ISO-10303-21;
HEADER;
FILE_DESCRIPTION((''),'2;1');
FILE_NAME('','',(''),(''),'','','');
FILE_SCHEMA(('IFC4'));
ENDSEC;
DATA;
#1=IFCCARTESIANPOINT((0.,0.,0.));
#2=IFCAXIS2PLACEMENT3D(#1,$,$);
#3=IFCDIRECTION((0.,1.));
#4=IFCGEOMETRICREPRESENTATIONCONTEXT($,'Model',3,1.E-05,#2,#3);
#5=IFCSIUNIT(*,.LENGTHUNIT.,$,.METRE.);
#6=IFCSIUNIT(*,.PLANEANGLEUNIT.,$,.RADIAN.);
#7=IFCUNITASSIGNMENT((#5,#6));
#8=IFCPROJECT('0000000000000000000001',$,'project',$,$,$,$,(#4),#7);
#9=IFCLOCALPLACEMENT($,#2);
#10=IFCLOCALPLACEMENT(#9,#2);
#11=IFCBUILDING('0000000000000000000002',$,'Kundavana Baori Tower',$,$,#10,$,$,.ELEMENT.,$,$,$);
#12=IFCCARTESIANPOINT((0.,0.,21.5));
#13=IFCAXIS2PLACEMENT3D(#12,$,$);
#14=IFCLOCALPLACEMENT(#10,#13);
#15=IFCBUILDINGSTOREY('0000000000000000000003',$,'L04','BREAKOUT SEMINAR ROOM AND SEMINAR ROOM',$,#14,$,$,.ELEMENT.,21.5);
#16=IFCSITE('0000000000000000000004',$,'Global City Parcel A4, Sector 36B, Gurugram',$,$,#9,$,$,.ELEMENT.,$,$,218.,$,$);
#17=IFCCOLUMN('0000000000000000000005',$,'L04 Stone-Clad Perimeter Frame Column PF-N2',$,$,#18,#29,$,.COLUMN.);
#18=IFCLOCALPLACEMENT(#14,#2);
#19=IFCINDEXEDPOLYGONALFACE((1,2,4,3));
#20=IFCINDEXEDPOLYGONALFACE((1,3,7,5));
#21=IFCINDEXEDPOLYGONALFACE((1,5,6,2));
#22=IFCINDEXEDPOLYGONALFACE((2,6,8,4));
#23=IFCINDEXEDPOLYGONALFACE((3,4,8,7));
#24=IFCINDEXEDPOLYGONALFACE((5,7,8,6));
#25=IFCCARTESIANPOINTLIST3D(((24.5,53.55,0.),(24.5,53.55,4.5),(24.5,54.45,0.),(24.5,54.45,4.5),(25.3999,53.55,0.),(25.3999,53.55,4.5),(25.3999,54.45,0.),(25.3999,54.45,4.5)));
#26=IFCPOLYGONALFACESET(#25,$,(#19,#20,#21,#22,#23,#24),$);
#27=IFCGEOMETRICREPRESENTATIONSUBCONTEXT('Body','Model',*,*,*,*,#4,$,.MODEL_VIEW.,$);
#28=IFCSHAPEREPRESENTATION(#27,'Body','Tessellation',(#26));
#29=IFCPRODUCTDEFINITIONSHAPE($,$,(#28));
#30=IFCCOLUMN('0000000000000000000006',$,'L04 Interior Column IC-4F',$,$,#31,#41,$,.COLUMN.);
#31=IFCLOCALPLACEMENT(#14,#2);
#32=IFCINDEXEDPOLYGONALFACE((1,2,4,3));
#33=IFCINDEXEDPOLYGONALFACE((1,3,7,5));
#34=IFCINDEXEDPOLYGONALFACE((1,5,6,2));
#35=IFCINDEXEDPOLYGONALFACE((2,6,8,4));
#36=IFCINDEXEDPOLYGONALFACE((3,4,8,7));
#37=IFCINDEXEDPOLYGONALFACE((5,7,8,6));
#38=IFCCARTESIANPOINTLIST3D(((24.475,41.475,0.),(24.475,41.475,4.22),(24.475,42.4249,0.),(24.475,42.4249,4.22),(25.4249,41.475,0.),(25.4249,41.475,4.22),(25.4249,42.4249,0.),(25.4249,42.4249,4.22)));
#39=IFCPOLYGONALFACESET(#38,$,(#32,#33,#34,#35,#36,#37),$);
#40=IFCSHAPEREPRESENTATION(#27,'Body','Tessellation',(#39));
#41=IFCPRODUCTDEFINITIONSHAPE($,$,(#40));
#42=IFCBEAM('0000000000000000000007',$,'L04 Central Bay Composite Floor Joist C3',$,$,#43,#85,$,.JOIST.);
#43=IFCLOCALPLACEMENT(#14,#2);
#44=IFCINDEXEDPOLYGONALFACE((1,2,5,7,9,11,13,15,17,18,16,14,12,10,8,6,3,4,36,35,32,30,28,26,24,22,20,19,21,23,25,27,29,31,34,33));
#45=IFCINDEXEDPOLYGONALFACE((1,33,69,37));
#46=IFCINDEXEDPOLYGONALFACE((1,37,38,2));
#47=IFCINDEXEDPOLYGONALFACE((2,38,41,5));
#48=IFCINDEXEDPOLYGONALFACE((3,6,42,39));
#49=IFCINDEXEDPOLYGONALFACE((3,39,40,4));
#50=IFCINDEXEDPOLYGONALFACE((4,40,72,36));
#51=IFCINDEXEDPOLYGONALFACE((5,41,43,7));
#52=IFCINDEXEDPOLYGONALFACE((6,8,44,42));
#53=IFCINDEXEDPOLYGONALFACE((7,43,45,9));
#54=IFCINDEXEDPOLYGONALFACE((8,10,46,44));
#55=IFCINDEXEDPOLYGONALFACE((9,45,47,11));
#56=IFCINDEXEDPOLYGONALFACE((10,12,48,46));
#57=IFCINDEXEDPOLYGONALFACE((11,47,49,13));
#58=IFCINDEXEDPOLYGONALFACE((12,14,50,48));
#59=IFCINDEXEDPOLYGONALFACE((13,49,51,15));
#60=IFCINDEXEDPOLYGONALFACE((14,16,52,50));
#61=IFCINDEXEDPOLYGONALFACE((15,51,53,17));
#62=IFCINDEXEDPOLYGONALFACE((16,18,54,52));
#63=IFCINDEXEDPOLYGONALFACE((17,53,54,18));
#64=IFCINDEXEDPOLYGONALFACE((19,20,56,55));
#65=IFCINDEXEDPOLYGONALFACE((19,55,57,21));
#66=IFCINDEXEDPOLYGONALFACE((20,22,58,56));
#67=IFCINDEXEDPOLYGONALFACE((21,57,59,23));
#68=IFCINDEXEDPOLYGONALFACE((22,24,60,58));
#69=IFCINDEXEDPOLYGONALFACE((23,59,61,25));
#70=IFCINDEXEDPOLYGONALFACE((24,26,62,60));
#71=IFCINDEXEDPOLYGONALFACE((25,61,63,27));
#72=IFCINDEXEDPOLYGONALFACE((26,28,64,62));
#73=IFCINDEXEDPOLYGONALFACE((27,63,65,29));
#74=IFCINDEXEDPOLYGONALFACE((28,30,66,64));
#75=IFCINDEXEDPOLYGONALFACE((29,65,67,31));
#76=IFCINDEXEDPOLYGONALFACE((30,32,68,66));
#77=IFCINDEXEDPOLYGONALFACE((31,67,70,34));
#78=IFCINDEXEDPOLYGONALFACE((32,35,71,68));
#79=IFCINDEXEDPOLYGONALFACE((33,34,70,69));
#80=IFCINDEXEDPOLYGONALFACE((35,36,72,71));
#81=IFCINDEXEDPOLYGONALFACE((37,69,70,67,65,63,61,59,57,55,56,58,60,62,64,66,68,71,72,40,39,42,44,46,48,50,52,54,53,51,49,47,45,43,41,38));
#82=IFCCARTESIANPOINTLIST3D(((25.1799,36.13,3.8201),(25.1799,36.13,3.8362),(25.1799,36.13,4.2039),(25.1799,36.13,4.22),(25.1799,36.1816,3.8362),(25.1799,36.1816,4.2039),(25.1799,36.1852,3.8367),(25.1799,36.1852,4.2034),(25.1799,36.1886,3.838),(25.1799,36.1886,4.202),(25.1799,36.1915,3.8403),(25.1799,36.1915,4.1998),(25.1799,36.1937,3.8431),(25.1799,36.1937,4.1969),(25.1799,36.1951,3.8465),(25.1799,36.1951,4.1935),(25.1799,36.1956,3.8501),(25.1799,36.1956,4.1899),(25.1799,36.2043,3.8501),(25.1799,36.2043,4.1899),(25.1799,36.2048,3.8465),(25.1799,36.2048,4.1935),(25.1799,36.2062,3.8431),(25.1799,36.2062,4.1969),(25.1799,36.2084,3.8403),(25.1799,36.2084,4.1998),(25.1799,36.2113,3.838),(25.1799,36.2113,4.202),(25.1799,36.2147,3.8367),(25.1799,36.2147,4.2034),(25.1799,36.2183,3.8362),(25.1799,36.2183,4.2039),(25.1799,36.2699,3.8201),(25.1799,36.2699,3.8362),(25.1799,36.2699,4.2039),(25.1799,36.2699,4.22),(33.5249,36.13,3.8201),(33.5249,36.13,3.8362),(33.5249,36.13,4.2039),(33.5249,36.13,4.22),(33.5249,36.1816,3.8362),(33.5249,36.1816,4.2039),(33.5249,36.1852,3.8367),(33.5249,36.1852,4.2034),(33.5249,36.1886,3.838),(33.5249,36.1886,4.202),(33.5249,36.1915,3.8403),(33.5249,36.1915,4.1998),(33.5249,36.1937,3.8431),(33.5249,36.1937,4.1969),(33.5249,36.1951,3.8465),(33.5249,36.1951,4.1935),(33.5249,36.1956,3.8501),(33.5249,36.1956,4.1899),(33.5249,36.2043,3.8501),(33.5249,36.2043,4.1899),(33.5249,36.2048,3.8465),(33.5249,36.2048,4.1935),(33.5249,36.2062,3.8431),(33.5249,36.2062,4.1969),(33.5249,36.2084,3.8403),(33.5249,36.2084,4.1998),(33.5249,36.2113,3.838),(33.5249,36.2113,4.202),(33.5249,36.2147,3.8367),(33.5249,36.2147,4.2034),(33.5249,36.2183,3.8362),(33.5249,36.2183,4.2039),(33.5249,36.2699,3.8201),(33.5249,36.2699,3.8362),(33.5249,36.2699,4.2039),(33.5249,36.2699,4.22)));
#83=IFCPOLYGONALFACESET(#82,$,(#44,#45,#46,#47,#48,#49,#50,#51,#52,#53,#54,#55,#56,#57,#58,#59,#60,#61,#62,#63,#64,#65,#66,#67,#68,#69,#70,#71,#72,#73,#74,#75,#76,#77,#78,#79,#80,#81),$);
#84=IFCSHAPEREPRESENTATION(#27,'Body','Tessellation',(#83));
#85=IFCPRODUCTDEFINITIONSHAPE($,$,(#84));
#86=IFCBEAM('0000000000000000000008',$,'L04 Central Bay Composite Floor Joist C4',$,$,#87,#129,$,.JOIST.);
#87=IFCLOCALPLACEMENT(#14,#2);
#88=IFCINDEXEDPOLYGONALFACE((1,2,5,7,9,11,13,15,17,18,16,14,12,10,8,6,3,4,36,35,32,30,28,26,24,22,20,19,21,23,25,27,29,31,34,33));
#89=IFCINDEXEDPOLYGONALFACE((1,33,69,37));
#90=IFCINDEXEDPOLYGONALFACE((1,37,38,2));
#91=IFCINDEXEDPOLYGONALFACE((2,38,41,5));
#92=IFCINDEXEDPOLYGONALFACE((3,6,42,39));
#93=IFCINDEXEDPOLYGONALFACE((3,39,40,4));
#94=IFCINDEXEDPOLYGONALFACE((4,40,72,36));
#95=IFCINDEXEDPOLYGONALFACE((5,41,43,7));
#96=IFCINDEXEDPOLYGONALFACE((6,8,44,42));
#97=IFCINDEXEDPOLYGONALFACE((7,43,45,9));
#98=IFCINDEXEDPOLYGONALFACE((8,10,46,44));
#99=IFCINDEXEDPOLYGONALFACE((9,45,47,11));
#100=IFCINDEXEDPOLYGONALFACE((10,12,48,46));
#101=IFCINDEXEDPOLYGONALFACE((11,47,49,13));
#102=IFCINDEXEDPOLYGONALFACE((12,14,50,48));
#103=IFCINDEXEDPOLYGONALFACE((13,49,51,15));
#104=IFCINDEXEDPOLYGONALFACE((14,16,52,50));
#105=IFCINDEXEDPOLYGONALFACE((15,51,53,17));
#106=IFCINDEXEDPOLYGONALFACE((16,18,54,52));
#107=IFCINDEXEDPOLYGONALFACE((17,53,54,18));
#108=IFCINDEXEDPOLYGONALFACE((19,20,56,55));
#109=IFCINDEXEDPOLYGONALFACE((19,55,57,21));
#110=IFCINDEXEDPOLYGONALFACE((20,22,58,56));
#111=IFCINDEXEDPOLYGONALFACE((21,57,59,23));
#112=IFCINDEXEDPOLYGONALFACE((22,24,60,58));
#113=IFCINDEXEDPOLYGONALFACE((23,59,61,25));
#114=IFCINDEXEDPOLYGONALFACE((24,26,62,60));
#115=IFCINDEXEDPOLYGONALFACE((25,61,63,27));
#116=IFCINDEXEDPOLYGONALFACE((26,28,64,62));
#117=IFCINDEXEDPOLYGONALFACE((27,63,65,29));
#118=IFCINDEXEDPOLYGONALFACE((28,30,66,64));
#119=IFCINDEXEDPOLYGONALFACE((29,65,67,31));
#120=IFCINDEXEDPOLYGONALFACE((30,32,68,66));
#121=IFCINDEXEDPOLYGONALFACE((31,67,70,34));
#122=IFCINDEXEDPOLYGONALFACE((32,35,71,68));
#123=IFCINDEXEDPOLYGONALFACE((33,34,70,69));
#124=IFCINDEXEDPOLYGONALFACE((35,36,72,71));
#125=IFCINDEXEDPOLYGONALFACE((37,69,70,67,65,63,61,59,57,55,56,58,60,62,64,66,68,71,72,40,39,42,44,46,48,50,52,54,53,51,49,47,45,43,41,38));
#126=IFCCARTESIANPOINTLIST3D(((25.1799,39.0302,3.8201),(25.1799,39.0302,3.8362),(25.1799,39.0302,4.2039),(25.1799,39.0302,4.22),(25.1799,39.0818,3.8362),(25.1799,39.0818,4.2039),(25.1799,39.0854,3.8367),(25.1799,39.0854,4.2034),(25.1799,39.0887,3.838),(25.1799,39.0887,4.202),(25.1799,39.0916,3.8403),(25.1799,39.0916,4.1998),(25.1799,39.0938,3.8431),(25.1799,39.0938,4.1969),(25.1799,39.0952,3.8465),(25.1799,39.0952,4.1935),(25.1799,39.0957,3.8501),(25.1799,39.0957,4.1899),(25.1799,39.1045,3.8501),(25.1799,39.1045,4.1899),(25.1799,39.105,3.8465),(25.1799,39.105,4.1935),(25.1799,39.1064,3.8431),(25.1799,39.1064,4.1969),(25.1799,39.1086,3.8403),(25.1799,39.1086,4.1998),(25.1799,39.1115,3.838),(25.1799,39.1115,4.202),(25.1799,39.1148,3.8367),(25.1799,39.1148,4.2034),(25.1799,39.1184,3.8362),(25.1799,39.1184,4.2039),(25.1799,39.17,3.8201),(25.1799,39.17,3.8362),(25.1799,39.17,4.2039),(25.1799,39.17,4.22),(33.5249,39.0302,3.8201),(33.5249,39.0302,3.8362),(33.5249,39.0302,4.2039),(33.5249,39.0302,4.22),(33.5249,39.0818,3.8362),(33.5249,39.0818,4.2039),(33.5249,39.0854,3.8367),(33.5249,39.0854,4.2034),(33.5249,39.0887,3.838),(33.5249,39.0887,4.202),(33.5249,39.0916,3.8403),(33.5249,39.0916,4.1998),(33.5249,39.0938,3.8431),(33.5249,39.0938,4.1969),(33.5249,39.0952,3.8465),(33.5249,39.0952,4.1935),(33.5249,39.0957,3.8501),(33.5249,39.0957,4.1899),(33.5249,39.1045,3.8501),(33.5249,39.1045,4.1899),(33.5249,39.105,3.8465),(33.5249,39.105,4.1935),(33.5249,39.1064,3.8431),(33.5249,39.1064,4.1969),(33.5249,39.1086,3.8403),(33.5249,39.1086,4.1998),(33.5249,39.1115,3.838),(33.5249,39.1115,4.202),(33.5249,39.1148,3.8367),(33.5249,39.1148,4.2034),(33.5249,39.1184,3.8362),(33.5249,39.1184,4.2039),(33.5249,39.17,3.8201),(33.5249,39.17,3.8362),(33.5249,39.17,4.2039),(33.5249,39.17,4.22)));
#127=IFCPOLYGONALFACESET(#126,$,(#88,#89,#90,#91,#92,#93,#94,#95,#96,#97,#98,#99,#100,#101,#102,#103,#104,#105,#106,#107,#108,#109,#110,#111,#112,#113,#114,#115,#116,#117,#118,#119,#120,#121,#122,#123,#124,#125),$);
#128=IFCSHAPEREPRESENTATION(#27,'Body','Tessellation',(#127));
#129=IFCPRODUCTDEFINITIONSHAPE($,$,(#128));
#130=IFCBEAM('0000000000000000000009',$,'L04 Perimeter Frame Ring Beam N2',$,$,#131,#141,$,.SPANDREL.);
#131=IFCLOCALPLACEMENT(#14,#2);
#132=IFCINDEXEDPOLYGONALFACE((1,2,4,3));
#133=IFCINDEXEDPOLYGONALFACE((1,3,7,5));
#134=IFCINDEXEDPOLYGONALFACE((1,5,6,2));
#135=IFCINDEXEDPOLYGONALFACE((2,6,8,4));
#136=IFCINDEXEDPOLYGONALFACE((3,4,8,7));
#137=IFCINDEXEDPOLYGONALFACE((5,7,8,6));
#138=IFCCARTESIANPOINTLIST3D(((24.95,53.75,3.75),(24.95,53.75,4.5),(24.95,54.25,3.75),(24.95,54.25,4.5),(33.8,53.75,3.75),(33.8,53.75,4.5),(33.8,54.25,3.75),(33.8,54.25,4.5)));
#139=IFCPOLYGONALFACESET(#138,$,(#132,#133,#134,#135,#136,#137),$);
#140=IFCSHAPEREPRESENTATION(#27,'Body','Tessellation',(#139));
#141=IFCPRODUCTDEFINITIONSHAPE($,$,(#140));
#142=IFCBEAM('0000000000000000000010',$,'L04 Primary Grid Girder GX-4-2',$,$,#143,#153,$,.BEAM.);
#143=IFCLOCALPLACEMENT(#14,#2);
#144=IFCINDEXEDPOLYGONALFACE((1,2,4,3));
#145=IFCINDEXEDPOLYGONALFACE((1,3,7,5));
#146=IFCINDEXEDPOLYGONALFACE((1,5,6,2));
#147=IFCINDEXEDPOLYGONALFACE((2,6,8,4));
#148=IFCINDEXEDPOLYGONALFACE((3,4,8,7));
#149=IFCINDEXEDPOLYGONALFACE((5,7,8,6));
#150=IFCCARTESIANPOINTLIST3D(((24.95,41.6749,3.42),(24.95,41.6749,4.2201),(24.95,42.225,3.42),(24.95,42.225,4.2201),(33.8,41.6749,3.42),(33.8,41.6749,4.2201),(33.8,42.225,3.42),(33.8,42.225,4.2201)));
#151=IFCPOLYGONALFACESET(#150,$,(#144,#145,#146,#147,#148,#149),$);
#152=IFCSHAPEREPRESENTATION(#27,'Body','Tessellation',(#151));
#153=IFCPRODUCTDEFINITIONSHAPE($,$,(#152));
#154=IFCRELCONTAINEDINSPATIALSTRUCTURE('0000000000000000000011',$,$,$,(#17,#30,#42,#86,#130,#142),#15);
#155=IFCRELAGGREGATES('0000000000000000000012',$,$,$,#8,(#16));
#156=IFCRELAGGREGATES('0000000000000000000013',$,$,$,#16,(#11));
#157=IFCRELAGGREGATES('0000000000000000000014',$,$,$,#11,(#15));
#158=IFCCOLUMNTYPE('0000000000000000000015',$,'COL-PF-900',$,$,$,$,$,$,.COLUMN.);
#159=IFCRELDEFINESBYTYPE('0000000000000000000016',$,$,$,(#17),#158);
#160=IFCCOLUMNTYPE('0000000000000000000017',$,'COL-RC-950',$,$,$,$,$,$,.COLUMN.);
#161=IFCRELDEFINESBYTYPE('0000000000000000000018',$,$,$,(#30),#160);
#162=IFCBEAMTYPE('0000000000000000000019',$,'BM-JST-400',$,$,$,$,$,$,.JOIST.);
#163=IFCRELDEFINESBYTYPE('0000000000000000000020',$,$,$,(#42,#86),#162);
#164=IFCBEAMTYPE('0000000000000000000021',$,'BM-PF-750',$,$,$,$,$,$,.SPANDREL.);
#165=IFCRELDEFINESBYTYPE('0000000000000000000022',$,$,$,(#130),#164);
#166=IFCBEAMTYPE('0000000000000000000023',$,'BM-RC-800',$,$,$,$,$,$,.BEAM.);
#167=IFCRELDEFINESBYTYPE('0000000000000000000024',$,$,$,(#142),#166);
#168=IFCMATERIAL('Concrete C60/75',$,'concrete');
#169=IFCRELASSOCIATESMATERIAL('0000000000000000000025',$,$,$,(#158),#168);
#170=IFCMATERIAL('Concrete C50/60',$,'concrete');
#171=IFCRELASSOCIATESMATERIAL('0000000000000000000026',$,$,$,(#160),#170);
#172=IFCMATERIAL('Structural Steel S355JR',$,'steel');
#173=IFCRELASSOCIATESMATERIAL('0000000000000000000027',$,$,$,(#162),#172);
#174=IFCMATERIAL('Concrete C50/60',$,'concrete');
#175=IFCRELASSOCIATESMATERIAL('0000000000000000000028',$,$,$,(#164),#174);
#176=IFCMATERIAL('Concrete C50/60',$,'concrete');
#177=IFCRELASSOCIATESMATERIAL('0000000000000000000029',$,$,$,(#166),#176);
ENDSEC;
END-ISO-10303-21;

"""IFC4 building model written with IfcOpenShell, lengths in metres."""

from ifc_helpers import new_model, si_unit, direction, frame, origin, origin_2d, place, context, subcontext, project, spatial, rectangle, i_section, extrude, material, material_profile, profile_set, type_object, element, save


model = new_model("IFC4")

# Units and contexts
model_context = context("Model", 3, precision=1e-05, world=origin(), true_north=direction((0.0, 1.0)))
body_context = subcontext(model_context, "Body", "Model", "MODEL_VIEW")
ifc_project = project(units=[si_unit("LENGTHUNIT", "METRE"), si_unit("PLANEANGLEUNIT", "RADIAN")], contexts=[model_context])

# Site, building, storey
site_placement = place(None, origin())
site = spatial("IfcSite", under=ifc_project, at=site_placement, Name="Global City Parcel A4, Sector 36B, Gurugram", CompositionType="ELEMENT", RefElevation=218.0)
building_placement = place(site_placement, origin())
building = spatial("IfcBuilding", under=site, at=building_placement, Name="Kundavana Baori Tower", CompositionType="ELEMENT")
storey_placement = place(building_placement, frame((0.0, 0.0, 21.5)))
storey = spatial("IfcBuildingStorey", under=building, at=storey_placement, Name="L04", Description="BREAKOUT SEMINAR ROOM AND SEMINAR ROOM", CompositionType="ELEMENT", Elevation=21.5)

# Columns
ifc_material_1 = material(Name="Concrete C60/75", Category="concrete")
ifc_material_profile_1 = material_profile(ifc_material_1, rectangle(XDim=0.8999, YDim=0.8999, at=origin_2d()), Name="RC PF 900x900")
ifc_profile_set_1 = profile_set([ifc_material_profile_1], Name="Concrete C60/75")
column_type_1 = type_object("IfcColumnType", Name="COL-PF-900", PredefinedType="COLUMN", material=ifc_profile_set_1)
column_1_placement = place(storey_placement, frame((24.95, 54.0, 0.0), z_axis=(0.0, 0.0, 1.0), x_axis=(1.0, 0.0, 0.0)))
element("IfcColumn", 1, at=column_1_placement, inside=storey, type_object=column_type_1, Name="L04 Stone-Clad Perimeter Frame Column PF-N2", PredefinedType="COLUMN", context=body_context, shape_type="SweptSolid", body=[
    extrude(rectangle(XDim=0.8999, YDim=0.8999, at=origin_2d()), origin(), (0.0, 0.0, 1.0), 4.5),
])
ifc_material_2 = material(Name="Concrete C50/60", Category="concrete")
ifc_material_profile_2 = material_profile(ifc_material_2, rectangle(XDim=0.95, YDim=0.95, at=origin_2d()), Name="RC 950x950")
ifc_profile_set_2 = profile_set([ifc_material_profile_2], Name="Concrete C50/60")
column_type_2 = type_object("IfcColumnType", Name="COL-RC-950", PredefinedType="COLUMN", material=ifc_profile_set_2)
column_2_placement = place(storey_placement, frame((24.95, 41.95, 0.0), z_axis=(0.0, 0.0, 1.0), x_axis=(1.0, 0.0, 0.0)))
element("IfcColumn", 2, at=column_2_placement, inside=storey, type_object=column_type_2, Name="L04 Interior Column IC-4F", PredefinedType="COLUMN", context=body_context, shape_type="SweptSolid", body=[
    extrude(rectangle(XDim=0.95, YDim=0.95, at=origin_2d()), origin(), (0.0, 0.0, 1.0), 4.22),
])

# Beams
ifc_material_3 = material(Name="Structural Steel S355JR", Category="steel")
ifc_material_profile_3 = material_profile(ifc_material_3, i_section(OverallWidth=0.1399, OverallDepth=0.3999, WebThickness=0.0088, FlangeThickness=0.0161, FilletRadius=0.0139, at=origin_2d()), Name="ISMB 400")
ifc_profile_set_3 = profile_set([ifc_material_profile_3], Name="Structural Steel S355JR")
beam_type_1 = type_object("IfcBeamType", Name="BM-JST-400", PredefinedType="JOIST", material=ifc_profile_set_3)
for number, where, z_axis, x_axis, name in (
    (3, (25.1799, 36.2, 4.02), (1.0, 0.0, 0.0), (0.0, 1.0, 0.0), "L04 Central Bay Composite Floor Joist C3"),
    (4, (25.1799, 39.1001, 4.02), (1.0, 0.0, 0.0), (0.0, 1.0, 0.0), "L04 Central Bay Composite Floor Joist C4"),
):
    element("IfcBeam", number, at=place(storey_placement, frame(where, z_axis=z_axis, x_axis=x_axis)), inside=storey, type_object=beam_type_1, Name=name, PredefinedType="JOIST", context=body_context, shape_type="SweptSolid", body=[
        extrude(i_section(OverallWidth=0.1399, OverallDepth=0.3999, WebThickness=0.0088, FlangeThickness=0.0161, FilletRadius=0.0139, at=origin_2d()), origin(), (0.0, 0.0, 1.0), 8.345),
    ])
ifc_material_4 = material(Name="Concrete C50/60", Category="concrete")
ifc_material_profile_4 = material_profile(ifc_material_4, rectangle(XDim=0.5, YDim=0.75, at=origin_2d()), Name="RC BM 500x750")
ifc_profile_set_4 = profile_set([ifc_material_profile_4], Name="Concrete C50/60")
beam_type_2 = type_object("IfcBeamType", Name="BM-PF-750", PredefinedType="SPANDREL", material=ifc_profile_set_4)
beam_1_placement = place(storey_placement, frame((24.95, 54.0, 4.125), z_axis=(1.0, 0.0, 0.0), x_axis=(0.0, 1.0, 0.0)))
element("IfcBeam", 5, at=beam_1_placement, inside=storey, type_object=beam_type_2, Name="L04 Perimeter Frame Ring Beam N2", PredefinedType="SPANDREL", context=body_context, shape_type="SweptSolid", body=[
    extrude(rectangle(XDim=0.5, YDim=0.75, at=origin_2d()), origin(), (0.0, 0.0, 1.0), 8.8501),
])
ifc_material_5 = material(Name="Concrete C50/60", Category="concrete")
ifc_material_profile_5 = material_profile(ifc_material_5, rectangle(XDim=0.55, YDim=0.8, at=origin_2d()), Name="RC BM 550x800")
ifc_profile_set_5 = profile_set([ifc_material_profile_5], Name="Concrete C50/60")
beam_type_3 = type_object("IfcBeamType", Name="BM-RC-800", PredefinedType="BEAM", material=ifc_profile_set_5)
beam_2_placement = place(storey_placement, frame((24.95, 41.95, 3.8201), z_axis=(1.0, 0.0, 0.0), x_axis=(0.0, 1.0, 0.0)))
element("IfcBeam", 6, at=beam_2_placement, inside=storey, type_object=beam_type_3, Name="L04 Primary Grid Girder GX-4-2", PredefinedType="BEAM", context=body_context, shape_type="SweptSolid", body=[
    extrude(rectangle(XDim=0.55, YDim=0.8, at=origin_2d()), origin(), (0.0, 0.0, 1.0), 8.8501),
])

save(model, "model.ifc")
